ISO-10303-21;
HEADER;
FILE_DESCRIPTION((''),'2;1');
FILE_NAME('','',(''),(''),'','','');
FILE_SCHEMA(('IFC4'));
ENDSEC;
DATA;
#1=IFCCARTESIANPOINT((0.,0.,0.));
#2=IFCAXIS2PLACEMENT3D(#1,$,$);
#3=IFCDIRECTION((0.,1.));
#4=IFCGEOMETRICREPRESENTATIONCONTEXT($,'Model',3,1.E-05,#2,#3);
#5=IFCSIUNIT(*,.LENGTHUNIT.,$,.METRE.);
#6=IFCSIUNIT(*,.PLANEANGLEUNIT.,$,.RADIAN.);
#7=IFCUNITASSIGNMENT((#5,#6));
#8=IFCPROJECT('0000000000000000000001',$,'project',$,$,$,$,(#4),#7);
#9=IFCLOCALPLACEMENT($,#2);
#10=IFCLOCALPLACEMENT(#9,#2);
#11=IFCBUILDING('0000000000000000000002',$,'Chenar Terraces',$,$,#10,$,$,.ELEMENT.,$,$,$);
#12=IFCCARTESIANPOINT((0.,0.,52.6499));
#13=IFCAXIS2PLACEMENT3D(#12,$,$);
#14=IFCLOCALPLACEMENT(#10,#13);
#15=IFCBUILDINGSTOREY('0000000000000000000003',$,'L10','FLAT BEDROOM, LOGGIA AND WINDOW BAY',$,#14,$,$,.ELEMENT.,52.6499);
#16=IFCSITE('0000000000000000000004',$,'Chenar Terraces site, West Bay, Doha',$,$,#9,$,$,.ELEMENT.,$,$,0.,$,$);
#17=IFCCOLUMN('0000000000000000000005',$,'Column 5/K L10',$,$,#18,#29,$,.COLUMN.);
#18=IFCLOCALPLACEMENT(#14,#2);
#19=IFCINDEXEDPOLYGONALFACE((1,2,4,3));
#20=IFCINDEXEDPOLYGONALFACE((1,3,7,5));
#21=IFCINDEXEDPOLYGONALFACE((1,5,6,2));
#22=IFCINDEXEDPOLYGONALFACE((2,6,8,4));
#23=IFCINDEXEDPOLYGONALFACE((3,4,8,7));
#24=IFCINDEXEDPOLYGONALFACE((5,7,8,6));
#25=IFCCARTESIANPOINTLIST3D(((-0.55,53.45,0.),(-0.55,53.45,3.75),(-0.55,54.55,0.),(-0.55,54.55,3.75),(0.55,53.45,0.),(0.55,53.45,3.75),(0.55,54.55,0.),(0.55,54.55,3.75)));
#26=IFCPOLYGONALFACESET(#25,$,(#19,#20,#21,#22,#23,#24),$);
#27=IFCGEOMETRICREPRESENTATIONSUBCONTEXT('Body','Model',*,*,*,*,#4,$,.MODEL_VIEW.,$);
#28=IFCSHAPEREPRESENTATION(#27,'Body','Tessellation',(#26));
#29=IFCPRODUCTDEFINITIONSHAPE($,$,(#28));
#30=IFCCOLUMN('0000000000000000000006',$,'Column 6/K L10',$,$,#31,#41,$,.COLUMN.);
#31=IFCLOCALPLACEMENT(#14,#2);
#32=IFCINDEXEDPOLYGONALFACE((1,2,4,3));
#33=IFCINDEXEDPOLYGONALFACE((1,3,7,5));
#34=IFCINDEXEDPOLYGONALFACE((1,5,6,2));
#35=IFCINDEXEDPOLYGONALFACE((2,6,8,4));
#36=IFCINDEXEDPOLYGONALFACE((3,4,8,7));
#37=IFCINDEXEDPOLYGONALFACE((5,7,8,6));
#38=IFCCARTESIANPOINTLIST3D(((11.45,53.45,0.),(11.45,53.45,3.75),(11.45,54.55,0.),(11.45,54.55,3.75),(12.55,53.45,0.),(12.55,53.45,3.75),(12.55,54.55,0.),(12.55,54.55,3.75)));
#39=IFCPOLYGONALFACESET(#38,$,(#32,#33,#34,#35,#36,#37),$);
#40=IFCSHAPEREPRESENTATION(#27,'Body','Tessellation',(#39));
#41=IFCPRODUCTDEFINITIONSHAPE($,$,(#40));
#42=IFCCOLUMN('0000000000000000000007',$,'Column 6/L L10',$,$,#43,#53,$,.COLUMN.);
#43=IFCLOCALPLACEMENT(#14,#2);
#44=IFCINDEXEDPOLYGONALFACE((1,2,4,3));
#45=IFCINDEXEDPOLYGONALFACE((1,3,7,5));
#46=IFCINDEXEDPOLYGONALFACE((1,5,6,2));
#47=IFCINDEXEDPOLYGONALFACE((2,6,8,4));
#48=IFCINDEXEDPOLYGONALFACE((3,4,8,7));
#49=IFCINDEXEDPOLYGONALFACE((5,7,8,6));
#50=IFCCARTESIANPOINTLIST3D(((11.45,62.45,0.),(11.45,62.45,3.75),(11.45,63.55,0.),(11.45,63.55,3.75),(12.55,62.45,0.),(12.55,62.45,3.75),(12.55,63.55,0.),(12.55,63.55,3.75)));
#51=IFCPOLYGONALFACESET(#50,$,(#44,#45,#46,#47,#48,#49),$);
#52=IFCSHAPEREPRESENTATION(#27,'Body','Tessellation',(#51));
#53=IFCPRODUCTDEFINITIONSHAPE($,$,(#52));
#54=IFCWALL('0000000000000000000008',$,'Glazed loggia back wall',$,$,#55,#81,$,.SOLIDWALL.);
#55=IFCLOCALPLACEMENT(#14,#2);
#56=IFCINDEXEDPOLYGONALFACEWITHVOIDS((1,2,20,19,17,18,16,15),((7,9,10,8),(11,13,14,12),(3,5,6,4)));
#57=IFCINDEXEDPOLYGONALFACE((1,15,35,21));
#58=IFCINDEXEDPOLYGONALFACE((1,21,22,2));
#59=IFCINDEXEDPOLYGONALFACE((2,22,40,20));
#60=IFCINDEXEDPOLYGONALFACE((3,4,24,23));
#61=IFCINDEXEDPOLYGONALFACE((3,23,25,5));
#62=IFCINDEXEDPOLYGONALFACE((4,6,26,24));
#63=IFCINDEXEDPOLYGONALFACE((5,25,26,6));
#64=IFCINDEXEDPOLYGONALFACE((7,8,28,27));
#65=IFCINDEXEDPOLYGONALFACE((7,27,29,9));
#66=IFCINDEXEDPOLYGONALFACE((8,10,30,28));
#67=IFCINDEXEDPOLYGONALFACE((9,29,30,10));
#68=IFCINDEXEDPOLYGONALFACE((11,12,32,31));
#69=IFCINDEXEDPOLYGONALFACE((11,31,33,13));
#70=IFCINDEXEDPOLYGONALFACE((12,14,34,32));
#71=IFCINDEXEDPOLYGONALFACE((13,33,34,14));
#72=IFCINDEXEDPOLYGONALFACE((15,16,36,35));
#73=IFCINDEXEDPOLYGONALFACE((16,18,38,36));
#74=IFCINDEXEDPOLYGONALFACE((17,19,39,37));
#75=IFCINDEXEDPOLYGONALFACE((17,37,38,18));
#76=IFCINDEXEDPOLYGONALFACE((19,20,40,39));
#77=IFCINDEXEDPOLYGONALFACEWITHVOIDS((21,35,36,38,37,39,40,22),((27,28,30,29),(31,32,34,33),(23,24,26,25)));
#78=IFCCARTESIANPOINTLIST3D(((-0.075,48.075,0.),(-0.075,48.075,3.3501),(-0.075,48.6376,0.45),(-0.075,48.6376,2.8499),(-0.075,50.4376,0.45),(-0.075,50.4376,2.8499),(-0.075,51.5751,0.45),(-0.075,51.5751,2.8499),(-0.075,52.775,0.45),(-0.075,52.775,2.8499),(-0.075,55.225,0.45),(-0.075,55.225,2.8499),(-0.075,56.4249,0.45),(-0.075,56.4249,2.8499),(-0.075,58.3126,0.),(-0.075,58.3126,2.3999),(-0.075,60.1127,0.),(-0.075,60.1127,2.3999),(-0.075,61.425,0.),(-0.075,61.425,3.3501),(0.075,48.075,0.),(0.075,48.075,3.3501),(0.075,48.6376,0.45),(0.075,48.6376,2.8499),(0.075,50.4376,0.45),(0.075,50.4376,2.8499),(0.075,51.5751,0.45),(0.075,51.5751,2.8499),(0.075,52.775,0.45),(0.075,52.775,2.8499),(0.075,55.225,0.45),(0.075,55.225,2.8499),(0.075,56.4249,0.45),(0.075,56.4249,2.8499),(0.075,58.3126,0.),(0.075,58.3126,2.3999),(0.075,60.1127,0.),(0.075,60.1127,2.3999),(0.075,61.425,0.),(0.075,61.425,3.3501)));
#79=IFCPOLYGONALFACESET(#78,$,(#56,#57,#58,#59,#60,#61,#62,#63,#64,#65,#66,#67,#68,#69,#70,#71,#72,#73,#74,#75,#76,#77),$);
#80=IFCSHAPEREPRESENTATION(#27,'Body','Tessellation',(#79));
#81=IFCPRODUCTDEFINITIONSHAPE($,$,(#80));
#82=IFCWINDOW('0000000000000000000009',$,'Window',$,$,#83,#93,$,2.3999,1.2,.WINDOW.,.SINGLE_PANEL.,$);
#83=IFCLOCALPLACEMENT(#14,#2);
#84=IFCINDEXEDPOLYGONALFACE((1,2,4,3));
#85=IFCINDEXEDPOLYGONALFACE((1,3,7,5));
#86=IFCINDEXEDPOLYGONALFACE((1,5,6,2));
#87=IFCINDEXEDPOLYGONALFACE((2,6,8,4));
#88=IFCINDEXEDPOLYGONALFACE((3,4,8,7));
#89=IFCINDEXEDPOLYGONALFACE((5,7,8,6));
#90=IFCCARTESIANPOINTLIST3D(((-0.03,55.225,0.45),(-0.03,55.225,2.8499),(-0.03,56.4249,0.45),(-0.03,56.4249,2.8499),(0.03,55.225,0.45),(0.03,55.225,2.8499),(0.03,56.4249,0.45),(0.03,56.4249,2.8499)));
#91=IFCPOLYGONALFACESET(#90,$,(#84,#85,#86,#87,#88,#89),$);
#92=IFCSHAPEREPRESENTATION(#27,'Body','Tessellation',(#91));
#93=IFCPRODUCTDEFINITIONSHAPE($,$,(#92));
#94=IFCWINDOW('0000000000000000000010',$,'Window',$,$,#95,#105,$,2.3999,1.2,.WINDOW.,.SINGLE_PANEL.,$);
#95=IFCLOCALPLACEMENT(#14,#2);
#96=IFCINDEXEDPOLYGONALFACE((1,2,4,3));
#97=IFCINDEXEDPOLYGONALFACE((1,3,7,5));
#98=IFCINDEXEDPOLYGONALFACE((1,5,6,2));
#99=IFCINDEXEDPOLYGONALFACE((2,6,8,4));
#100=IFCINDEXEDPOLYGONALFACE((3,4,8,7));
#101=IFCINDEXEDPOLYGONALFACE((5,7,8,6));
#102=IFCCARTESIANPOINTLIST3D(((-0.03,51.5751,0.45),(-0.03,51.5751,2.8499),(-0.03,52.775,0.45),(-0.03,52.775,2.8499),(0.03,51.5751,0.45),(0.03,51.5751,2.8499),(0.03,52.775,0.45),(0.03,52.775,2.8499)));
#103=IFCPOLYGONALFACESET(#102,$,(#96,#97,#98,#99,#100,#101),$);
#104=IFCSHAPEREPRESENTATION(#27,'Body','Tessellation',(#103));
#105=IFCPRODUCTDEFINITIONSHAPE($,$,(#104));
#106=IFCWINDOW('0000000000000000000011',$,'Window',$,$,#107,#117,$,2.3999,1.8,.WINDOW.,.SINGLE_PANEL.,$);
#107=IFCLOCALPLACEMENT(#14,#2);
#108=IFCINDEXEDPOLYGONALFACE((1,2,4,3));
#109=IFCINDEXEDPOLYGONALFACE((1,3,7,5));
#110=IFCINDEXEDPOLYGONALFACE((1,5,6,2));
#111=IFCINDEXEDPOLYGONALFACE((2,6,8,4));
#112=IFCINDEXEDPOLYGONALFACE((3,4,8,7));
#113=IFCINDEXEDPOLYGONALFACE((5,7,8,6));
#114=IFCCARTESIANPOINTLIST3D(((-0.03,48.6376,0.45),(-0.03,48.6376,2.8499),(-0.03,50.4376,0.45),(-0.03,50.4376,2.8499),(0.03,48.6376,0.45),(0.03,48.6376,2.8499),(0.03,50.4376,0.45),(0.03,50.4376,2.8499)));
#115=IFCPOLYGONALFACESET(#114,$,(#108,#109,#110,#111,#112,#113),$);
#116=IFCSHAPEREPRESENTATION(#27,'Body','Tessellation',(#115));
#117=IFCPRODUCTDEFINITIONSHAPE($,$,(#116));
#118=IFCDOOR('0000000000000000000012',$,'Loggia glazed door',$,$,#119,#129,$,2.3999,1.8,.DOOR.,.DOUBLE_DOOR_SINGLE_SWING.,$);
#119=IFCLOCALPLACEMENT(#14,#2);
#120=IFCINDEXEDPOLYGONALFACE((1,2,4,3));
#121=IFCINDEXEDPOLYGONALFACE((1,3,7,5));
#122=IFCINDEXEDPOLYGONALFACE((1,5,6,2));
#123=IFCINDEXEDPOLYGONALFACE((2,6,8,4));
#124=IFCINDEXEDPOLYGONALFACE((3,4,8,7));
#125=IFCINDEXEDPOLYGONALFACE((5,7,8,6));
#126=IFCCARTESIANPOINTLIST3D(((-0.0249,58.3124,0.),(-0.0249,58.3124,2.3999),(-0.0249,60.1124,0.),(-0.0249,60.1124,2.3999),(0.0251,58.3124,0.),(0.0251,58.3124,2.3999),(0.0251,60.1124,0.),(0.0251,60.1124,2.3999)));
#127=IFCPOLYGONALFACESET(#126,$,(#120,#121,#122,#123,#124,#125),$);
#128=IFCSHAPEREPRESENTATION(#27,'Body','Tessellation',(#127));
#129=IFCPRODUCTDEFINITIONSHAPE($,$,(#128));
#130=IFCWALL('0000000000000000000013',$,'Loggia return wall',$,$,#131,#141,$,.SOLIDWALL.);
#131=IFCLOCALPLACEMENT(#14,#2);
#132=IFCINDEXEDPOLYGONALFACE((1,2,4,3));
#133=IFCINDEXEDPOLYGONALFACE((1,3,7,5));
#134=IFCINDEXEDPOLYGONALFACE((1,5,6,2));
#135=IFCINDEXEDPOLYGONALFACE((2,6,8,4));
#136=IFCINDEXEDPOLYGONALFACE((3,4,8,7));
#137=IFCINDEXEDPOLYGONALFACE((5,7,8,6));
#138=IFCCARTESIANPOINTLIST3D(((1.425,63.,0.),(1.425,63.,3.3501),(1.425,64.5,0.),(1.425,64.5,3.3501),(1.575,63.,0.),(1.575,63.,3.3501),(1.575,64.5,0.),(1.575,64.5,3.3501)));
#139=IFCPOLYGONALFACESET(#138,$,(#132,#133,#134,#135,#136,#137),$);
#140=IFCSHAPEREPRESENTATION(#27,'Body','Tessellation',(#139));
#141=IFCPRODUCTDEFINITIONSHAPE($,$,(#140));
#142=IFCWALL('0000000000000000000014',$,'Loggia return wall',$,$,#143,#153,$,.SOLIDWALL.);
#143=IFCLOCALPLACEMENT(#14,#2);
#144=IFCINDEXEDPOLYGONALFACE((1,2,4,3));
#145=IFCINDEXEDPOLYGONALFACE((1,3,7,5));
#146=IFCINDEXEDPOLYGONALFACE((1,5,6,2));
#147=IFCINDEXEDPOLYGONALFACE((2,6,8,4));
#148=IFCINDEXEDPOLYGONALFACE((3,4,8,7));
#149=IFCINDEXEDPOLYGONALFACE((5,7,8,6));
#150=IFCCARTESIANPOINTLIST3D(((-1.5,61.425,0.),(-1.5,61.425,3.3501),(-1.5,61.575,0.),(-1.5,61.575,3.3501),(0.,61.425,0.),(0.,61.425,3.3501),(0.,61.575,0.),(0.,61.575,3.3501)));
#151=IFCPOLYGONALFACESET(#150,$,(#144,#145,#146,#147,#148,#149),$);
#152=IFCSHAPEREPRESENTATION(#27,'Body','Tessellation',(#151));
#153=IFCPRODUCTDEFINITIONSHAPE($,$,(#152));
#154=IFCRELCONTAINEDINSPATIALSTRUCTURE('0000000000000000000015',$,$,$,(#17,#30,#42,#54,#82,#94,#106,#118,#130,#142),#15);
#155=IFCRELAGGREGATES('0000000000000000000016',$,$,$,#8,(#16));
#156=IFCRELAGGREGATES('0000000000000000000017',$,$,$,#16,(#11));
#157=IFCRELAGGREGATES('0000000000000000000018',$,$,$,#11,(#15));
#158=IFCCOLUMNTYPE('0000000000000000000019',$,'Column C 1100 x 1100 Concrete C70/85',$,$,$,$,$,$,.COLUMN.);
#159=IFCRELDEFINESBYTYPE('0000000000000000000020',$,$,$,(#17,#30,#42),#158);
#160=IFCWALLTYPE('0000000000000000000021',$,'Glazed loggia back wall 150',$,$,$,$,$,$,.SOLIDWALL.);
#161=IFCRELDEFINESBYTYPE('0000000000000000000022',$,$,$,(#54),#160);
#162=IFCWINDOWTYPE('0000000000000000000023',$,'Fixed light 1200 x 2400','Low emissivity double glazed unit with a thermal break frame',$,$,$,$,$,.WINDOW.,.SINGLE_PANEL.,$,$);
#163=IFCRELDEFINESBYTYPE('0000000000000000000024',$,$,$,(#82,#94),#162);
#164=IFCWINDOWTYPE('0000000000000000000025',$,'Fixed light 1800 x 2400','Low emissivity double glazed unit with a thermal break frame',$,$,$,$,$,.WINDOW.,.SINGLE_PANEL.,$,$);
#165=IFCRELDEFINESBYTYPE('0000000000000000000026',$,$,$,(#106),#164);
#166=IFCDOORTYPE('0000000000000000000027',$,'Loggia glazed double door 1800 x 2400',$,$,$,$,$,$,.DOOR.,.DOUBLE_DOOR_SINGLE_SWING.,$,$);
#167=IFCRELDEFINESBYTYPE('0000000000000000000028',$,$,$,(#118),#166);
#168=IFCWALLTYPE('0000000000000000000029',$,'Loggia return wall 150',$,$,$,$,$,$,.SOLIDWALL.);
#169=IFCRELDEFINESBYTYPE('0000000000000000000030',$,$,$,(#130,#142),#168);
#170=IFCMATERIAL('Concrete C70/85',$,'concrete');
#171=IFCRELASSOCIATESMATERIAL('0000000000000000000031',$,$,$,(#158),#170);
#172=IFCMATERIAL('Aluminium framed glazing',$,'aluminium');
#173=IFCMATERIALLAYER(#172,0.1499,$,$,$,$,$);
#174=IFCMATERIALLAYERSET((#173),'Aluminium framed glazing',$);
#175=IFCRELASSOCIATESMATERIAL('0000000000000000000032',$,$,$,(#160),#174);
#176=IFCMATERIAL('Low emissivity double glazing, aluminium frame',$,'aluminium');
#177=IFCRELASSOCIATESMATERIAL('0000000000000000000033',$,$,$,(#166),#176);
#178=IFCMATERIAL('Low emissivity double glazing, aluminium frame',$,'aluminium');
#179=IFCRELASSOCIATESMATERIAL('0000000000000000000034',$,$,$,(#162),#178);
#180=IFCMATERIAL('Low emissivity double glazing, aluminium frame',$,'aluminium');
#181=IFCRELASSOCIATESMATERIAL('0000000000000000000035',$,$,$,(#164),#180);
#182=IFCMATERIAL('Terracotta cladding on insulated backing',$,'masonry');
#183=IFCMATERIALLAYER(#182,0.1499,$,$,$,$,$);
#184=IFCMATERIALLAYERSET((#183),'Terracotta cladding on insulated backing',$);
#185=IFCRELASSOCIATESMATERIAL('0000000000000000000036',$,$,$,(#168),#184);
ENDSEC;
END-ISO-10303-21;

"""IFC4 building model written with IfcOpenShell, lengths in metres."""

from ifc_helpers import new_model, si_unit, direction, frame, frame_2d, origin, origin_2d, place, context, subcontext, project, spatial, rectangle, extrude, material, layer, layer_set, material_profile, profile_set, type_object, element, fill, save


model = new_model("IFC4")

# Units and contexts
model_context = context("Model", 3, precision=1e-05, world=origin(), true_north=direction((0.0, 1.0)))
body_context = subcontext(model_context, "Body", "Model", "MODEL_VIEW")
ifc_project = project(units=[si_unit("LENGTHUNIT", "METRE"), si_unit("PLANEANGLEUNIT", "RADIAN")], contexts=[model_context])

# Site, building, storey
site_placement = place(None, origin())
site = spatial("IfcSite", under=ifc_project, at=site_placement, Name="Chenar Terraces site, West Bay, Doha", CompositionType="ELEMENT", RefElevation=0.0)
building_placement = place(site_placement, origin())
building = spatial("IfcBuilding", under=site, at=building_placement, Name="Chenar Terraces", CompositionType="ELEMENT")
storey_placement = place(building_placement, frame((0.0, 0.0, 52.6499)))
storey = spatial("IfcBuildingStorey", under=building, at=storey_placement, Name="L10", Description="FLAT BEDROOM, LOGGIA AND WINDOW BAY", CompositionType="ELEMENT", Elevation=52.6499)

# Columns
ifc_material_1 = material(Name="Concrete C70/85", Category="concrete")
ifc_material_profile = material_profile(ifc_material_1, rectangle(XDim=1.1001, YDim=1.1001, at=origin_2d()), Name="C 1100 x 1100")
ifc_profile_set = profile_set([ifc_material_profile], Name="Concrete C70/85")
column_type = type_object("IfcColumnType", Name="Column C 1100 x 1100 Concrete C70/85", PredefinedType="COLUMN", material=ifc_profile_set)
for number, where, z_axis, x_axis, name in (
    (1, (0.0, 54.0, 0.0), (0.0, 0.0, 1.0), (1.0, 0.0, 0.0), "Column 5/K L10"),
    (2, (12.0, 54.0, 0.0), (0.0, 0.0, 1.0), (1.0, 0.0, 0.0), "Column 6/K L10"),
    (3, (12.0, 63.0, 0.0), (0.0, 0.0, 1.0), (1.0, 0.0, 0.0), "Column 6/L L10"),
):
    element("IfcColumn", number, at=place(storey_placement, frame(where, z_axis=z_axis, x_axis=x_axis)), inside=storey, type_object=column_type, Name=name, PredefinedType="COLUMN", context=body_context, shape_type="SweptSolid", body=[
        extrude(rectangle(XDim=1.1001, YDim=1.1001, at=origin_2d()), origin(), (0.0, 0.0, 1.0), 3.75),
    ])

# Shared definitions
ifc_material_2 = material(Name="Aluminium framed glazing", Category="aluminium")
ifc_layer_1 = layer(ifc_material_2, 0.1499)
ifc_layer_set_1 = layer_set([ifc_layer_1], Name="Aluminium framed glazing")
wall_type_1 = type_object("IfcWallType", Name="Glazed loggia back wall 150", PredefinedType="SOLIDWALL", material=ifc_layer_set_1)
ifc_material_3 = material(Name="Low emissivity double glazing, aluminium frame", Category="aluminium")
door_type_1 = type_object("IfcDoorType", Name="Loggia glazed double door 1800 x 2400", OperationType="DOUBLE_DOOR_SINGLE_SWING", PredefinedType="DOOR", material=ifc_material_3)

# Wall, openings, windows, door
wall_1_placement = place(storey_placement, frame((0.0, 61.425, 0.0), z_axis=(0.0, 0.0, 1.0), x_axis=(0.0, -1.0, 0.0)))
wall_1 = element("IfcWall", 4, at=wall_1_placement, inside=storey, type_object=wall_type_1, Name="Glazed loggia back wall", PredefinedType="SOLIDWALL", context=body_context, shape_type="SweptSolid", body=[
    extrude(rectangle(XDim=13.3501, YDim=0.1499, at=frame_2d((6.675, 0.0))), origin(), (0.0, 0.0, 1.0), 3.3501),
])
opening_1_placement = place(wall_1_placement, frame((1.3125, 0.0, 0.0)))
opening_1 = element("IfcOpeningElement", 5, at=opening_1_placement, cuts=wall_1, PredefinedType="OPENING", context=body_context, shape_type="SweptSolid", body=[
    extrude(rectangle(XDim=1.8, YDim=2.3999, at=frame_2d((0.8999, 1.2))), frame((0.0, 0.085, 0.0), z_axis=(0.0, -1.0, 0.0), x_axis=(1.0, 0.0, 0.0)), (0.0, 0.0, 1.0), 0.1699),
])
opening_2_placement = place(wall_1_placement, frame((5.0, 0.0, 0.45)))
opening_2 = element("IfcOpeningElement", 6, at=opening_2_placement, cuts=wall_1, PredefinedType="OPENING", context=body_context, shape_type="SweptSolid", body=[
    extrude(rectangle(XDim=1.2, YDim=2.3999, at=frame_2d((0.6001, 1.2))), frame((0.0, 0.085, 0.0), z_axis=(0.0, -1.0, 0.0), x_axis=(1.0, 0.0, 0.0)), (0.0, 0.0, 1.0), 0.1699),
])
opening_3_placement = place(wall_1_placement, frame((8.6499, 0.0, 0.45)))
opening_3 = element("IfcOpeningElement", 7, at=opening_3_placement, cuts=wall_1, PredefinedType="OPENING", context=body_context, shape_type="SweptSolid", body=[
    extrude(rectangle(XDim=1.2, YDim=2.3999, at=frame_2d((0.6001, 1.2))), frame((0.0, 0.085, 0.0), z_axis=(0.0, -1.0, 0.0), x_axis=(1.0, 0.0, 0.0)), (0.0, 0.0, 1.0), 0.1699),
])
opening_4_placement = place(wall_1_placement, frame((10.9875, 0.0, 0.45)))
opening_4 = element("IfcOpeningElement", 8, at=opening_4_placement, cuts=wall_1, PredefinedType="OPENING", context=body_context, shape_type="SweptSolid", body=[
    extrude(rectangle(XDim=1.8, YDim=2.3999, at=frame_2d((0.8999, 1.2))), frame((0.0, 0.085, 0.0), z_axis=(0.0, -1.0, 0.0), x_axis=(1.0, 0.0, 0.0)), (0.0, 0.0, 1.0), 0.1699),
])
ifc_material_4 = material(Name="Low emissivity double glazing, aluminium frame", Category="aluminium")
window_type_1 = type_object("IfcWindowType", Name="Fixed light 1200 x 2400", Description="Low emissivity double glazed unit with a thermal break frame", PartitioningType="SINGLE_PANEL", PredefinedType="WINDOW", material=ifc_material_4)
window_1_placement = place(opening_2_placement, origin())
window_1 = element("IfcWindow", 9, at=window_1_placement, inside=storey, type_object=window_type_1, Name="Window", OverallHeight=2.3999, OverallWidth=1.2, PartitioningType="SINGLE_PANEL", PredefinedType="WINDOW", context=body_context, shape_type="SweptSolid", body=[
    extrude(rectangle(XDim=1.2, YDim=2.3999, at=frame_2d((0.6001, 1.2))), frame((0.0, 0.03, 0.0), z_axis=(0.0, -1.0, 0.0), x_axis=(1.0, 0.0, 0.0)), (0.0, 0.0, 1.0), 0.0601),
])
fill(opening_2, window_1)
window_2_placement = place(opening_3_placement, origin())
window_2 = element("IfcWindow", 10, at=window_2_placement, inside=storey, type_object=window_type_1, Name="Window", OverallHeight=2.3999, OverallWidth=1.2, PartitioningType="SINGLE_PANEL", PredefinedType="WINDOW", context=body_context, shape_type="SweptSolid", body=[
    extrude(rectangle(XDim=1.2, YDim=2.3999, at=frame_2d((0.6001, 1.2))), frame((0.0, 0.03, 0.0), z_axis=(0.0, -1.0, 0.0), x_axis=(1.0, 0.0, 0.0)), (0.0, 0.0, 1.0), 0.0601),
])
fill(opening_3, window_2)
ifc_material_5 = material(Name="Low emissivity double glazing, aluminium frame", Category="aluminium")
window_type_2 = type_object("IfcWindowType", Name="Fixed light 1800 x 2400", Description="Low emissivity double glazed unit with a thermal break frame", PartitioningType="SINGLE_PANEL", PredefinedType="WINDOW", material=ifc_material_5)
window_3_placement = place(opening_4_placement, origin())
window_3 = element("IfcWindow", 11, at=window_3_placement, inside=storey, type_object=window_type_2, Name="Window", OverallHeight=2.3999, OverallWidth=1.8, PartitioningType="SINGLE_PANEL", PredefinedType="WINDOW", context=body_context, shape_type="SweptSolid", body=[
    extrude(rectangle(XDim=1.8, YDim=2.3999, at=frame_2d((0.8999, 1.2))), frame((0.0, 0.03, 0.0), z_axis=(0.0, -1.0, 0.0), x_axis=(1.0, 0.0, 0.0)), (0.0, 0.0, 1.0), 0.0601),
])
fill(opening_4, window_3)
door_1_placement = place(opening_1_placement, frame((1.8, 0.0, 0.0), z_axis=(0.0, 0.0, 1.0), x_axis=(-1.0, 0.0, 0.0)))
door_1 = element("IfcDoor", 12, at=door_1_placement, inside=storey, type_object=door_type_1, Name="Loggia glazed door", OperationType="DOUBLE_DOOR_SINGLE_SWING", OverallHeight=2.3999, OverallWidth=1.8, PredefinedType="DOOR", context=body_context, shape_type="SweptSolid", body=[
    extrude(rectangle(XDim=1.8, YDim=2.3999, at=frame_2d((0.8999, 1.2))), frame((0.0, 0.0249, 0.0), z_axis=(0.0, -1.0, 0.0), x_axis=(1.0, 0.0, 0.0)), (0.0, 0.0, 1.0), 0.05),
])
fill(opening_1, door_1)

# Walls
ifc_material_6 = material(Name="Terracotta cladding on insulated backing", Category="masonry")
ifc_layer_2 = layer(ifc_material_6, 0.1499)
ifc_layer_set_2 = layer_set([ifc_layer_2], Name="Terracotta cladding on insulated backing")
wall_type_2 = type_object("IfcWallType", Name="Loggia return wall 150", PredefinedType="SOLIDWALL", material=ifc_layer_set_2)
for number, where, z_axis, x_axis, name in (
    (13, (1.5, 64.5, 0.0), (0.0, 0.0, 1.0), (0.0, -1.0, 0.0), "Loggia return wall"),
    (14, (-1.5, 61.5, 0.0), (0.0, 0.0, 1.0), (1.0, 0.0, 0.0), "Loggia return wall"),
):
    element("IfcWall", number, at=place(storey_placement, frame(where, z_axis=z_axis, x_axis=x_axis)), inside=storey, type_object=wall_type_2, Name=name, PredefinedType="SOLIDWALL", context=body_context, shape_type="SweptSolid", body=[
        extrude(rectangle(XDim=1.5, YDim=0.1499, at=frame_2d((0.75, 0.0))), origin(), (0.0, 0.0, 1.0), 3.3501),
    ])

save(model, "model.ifc")
